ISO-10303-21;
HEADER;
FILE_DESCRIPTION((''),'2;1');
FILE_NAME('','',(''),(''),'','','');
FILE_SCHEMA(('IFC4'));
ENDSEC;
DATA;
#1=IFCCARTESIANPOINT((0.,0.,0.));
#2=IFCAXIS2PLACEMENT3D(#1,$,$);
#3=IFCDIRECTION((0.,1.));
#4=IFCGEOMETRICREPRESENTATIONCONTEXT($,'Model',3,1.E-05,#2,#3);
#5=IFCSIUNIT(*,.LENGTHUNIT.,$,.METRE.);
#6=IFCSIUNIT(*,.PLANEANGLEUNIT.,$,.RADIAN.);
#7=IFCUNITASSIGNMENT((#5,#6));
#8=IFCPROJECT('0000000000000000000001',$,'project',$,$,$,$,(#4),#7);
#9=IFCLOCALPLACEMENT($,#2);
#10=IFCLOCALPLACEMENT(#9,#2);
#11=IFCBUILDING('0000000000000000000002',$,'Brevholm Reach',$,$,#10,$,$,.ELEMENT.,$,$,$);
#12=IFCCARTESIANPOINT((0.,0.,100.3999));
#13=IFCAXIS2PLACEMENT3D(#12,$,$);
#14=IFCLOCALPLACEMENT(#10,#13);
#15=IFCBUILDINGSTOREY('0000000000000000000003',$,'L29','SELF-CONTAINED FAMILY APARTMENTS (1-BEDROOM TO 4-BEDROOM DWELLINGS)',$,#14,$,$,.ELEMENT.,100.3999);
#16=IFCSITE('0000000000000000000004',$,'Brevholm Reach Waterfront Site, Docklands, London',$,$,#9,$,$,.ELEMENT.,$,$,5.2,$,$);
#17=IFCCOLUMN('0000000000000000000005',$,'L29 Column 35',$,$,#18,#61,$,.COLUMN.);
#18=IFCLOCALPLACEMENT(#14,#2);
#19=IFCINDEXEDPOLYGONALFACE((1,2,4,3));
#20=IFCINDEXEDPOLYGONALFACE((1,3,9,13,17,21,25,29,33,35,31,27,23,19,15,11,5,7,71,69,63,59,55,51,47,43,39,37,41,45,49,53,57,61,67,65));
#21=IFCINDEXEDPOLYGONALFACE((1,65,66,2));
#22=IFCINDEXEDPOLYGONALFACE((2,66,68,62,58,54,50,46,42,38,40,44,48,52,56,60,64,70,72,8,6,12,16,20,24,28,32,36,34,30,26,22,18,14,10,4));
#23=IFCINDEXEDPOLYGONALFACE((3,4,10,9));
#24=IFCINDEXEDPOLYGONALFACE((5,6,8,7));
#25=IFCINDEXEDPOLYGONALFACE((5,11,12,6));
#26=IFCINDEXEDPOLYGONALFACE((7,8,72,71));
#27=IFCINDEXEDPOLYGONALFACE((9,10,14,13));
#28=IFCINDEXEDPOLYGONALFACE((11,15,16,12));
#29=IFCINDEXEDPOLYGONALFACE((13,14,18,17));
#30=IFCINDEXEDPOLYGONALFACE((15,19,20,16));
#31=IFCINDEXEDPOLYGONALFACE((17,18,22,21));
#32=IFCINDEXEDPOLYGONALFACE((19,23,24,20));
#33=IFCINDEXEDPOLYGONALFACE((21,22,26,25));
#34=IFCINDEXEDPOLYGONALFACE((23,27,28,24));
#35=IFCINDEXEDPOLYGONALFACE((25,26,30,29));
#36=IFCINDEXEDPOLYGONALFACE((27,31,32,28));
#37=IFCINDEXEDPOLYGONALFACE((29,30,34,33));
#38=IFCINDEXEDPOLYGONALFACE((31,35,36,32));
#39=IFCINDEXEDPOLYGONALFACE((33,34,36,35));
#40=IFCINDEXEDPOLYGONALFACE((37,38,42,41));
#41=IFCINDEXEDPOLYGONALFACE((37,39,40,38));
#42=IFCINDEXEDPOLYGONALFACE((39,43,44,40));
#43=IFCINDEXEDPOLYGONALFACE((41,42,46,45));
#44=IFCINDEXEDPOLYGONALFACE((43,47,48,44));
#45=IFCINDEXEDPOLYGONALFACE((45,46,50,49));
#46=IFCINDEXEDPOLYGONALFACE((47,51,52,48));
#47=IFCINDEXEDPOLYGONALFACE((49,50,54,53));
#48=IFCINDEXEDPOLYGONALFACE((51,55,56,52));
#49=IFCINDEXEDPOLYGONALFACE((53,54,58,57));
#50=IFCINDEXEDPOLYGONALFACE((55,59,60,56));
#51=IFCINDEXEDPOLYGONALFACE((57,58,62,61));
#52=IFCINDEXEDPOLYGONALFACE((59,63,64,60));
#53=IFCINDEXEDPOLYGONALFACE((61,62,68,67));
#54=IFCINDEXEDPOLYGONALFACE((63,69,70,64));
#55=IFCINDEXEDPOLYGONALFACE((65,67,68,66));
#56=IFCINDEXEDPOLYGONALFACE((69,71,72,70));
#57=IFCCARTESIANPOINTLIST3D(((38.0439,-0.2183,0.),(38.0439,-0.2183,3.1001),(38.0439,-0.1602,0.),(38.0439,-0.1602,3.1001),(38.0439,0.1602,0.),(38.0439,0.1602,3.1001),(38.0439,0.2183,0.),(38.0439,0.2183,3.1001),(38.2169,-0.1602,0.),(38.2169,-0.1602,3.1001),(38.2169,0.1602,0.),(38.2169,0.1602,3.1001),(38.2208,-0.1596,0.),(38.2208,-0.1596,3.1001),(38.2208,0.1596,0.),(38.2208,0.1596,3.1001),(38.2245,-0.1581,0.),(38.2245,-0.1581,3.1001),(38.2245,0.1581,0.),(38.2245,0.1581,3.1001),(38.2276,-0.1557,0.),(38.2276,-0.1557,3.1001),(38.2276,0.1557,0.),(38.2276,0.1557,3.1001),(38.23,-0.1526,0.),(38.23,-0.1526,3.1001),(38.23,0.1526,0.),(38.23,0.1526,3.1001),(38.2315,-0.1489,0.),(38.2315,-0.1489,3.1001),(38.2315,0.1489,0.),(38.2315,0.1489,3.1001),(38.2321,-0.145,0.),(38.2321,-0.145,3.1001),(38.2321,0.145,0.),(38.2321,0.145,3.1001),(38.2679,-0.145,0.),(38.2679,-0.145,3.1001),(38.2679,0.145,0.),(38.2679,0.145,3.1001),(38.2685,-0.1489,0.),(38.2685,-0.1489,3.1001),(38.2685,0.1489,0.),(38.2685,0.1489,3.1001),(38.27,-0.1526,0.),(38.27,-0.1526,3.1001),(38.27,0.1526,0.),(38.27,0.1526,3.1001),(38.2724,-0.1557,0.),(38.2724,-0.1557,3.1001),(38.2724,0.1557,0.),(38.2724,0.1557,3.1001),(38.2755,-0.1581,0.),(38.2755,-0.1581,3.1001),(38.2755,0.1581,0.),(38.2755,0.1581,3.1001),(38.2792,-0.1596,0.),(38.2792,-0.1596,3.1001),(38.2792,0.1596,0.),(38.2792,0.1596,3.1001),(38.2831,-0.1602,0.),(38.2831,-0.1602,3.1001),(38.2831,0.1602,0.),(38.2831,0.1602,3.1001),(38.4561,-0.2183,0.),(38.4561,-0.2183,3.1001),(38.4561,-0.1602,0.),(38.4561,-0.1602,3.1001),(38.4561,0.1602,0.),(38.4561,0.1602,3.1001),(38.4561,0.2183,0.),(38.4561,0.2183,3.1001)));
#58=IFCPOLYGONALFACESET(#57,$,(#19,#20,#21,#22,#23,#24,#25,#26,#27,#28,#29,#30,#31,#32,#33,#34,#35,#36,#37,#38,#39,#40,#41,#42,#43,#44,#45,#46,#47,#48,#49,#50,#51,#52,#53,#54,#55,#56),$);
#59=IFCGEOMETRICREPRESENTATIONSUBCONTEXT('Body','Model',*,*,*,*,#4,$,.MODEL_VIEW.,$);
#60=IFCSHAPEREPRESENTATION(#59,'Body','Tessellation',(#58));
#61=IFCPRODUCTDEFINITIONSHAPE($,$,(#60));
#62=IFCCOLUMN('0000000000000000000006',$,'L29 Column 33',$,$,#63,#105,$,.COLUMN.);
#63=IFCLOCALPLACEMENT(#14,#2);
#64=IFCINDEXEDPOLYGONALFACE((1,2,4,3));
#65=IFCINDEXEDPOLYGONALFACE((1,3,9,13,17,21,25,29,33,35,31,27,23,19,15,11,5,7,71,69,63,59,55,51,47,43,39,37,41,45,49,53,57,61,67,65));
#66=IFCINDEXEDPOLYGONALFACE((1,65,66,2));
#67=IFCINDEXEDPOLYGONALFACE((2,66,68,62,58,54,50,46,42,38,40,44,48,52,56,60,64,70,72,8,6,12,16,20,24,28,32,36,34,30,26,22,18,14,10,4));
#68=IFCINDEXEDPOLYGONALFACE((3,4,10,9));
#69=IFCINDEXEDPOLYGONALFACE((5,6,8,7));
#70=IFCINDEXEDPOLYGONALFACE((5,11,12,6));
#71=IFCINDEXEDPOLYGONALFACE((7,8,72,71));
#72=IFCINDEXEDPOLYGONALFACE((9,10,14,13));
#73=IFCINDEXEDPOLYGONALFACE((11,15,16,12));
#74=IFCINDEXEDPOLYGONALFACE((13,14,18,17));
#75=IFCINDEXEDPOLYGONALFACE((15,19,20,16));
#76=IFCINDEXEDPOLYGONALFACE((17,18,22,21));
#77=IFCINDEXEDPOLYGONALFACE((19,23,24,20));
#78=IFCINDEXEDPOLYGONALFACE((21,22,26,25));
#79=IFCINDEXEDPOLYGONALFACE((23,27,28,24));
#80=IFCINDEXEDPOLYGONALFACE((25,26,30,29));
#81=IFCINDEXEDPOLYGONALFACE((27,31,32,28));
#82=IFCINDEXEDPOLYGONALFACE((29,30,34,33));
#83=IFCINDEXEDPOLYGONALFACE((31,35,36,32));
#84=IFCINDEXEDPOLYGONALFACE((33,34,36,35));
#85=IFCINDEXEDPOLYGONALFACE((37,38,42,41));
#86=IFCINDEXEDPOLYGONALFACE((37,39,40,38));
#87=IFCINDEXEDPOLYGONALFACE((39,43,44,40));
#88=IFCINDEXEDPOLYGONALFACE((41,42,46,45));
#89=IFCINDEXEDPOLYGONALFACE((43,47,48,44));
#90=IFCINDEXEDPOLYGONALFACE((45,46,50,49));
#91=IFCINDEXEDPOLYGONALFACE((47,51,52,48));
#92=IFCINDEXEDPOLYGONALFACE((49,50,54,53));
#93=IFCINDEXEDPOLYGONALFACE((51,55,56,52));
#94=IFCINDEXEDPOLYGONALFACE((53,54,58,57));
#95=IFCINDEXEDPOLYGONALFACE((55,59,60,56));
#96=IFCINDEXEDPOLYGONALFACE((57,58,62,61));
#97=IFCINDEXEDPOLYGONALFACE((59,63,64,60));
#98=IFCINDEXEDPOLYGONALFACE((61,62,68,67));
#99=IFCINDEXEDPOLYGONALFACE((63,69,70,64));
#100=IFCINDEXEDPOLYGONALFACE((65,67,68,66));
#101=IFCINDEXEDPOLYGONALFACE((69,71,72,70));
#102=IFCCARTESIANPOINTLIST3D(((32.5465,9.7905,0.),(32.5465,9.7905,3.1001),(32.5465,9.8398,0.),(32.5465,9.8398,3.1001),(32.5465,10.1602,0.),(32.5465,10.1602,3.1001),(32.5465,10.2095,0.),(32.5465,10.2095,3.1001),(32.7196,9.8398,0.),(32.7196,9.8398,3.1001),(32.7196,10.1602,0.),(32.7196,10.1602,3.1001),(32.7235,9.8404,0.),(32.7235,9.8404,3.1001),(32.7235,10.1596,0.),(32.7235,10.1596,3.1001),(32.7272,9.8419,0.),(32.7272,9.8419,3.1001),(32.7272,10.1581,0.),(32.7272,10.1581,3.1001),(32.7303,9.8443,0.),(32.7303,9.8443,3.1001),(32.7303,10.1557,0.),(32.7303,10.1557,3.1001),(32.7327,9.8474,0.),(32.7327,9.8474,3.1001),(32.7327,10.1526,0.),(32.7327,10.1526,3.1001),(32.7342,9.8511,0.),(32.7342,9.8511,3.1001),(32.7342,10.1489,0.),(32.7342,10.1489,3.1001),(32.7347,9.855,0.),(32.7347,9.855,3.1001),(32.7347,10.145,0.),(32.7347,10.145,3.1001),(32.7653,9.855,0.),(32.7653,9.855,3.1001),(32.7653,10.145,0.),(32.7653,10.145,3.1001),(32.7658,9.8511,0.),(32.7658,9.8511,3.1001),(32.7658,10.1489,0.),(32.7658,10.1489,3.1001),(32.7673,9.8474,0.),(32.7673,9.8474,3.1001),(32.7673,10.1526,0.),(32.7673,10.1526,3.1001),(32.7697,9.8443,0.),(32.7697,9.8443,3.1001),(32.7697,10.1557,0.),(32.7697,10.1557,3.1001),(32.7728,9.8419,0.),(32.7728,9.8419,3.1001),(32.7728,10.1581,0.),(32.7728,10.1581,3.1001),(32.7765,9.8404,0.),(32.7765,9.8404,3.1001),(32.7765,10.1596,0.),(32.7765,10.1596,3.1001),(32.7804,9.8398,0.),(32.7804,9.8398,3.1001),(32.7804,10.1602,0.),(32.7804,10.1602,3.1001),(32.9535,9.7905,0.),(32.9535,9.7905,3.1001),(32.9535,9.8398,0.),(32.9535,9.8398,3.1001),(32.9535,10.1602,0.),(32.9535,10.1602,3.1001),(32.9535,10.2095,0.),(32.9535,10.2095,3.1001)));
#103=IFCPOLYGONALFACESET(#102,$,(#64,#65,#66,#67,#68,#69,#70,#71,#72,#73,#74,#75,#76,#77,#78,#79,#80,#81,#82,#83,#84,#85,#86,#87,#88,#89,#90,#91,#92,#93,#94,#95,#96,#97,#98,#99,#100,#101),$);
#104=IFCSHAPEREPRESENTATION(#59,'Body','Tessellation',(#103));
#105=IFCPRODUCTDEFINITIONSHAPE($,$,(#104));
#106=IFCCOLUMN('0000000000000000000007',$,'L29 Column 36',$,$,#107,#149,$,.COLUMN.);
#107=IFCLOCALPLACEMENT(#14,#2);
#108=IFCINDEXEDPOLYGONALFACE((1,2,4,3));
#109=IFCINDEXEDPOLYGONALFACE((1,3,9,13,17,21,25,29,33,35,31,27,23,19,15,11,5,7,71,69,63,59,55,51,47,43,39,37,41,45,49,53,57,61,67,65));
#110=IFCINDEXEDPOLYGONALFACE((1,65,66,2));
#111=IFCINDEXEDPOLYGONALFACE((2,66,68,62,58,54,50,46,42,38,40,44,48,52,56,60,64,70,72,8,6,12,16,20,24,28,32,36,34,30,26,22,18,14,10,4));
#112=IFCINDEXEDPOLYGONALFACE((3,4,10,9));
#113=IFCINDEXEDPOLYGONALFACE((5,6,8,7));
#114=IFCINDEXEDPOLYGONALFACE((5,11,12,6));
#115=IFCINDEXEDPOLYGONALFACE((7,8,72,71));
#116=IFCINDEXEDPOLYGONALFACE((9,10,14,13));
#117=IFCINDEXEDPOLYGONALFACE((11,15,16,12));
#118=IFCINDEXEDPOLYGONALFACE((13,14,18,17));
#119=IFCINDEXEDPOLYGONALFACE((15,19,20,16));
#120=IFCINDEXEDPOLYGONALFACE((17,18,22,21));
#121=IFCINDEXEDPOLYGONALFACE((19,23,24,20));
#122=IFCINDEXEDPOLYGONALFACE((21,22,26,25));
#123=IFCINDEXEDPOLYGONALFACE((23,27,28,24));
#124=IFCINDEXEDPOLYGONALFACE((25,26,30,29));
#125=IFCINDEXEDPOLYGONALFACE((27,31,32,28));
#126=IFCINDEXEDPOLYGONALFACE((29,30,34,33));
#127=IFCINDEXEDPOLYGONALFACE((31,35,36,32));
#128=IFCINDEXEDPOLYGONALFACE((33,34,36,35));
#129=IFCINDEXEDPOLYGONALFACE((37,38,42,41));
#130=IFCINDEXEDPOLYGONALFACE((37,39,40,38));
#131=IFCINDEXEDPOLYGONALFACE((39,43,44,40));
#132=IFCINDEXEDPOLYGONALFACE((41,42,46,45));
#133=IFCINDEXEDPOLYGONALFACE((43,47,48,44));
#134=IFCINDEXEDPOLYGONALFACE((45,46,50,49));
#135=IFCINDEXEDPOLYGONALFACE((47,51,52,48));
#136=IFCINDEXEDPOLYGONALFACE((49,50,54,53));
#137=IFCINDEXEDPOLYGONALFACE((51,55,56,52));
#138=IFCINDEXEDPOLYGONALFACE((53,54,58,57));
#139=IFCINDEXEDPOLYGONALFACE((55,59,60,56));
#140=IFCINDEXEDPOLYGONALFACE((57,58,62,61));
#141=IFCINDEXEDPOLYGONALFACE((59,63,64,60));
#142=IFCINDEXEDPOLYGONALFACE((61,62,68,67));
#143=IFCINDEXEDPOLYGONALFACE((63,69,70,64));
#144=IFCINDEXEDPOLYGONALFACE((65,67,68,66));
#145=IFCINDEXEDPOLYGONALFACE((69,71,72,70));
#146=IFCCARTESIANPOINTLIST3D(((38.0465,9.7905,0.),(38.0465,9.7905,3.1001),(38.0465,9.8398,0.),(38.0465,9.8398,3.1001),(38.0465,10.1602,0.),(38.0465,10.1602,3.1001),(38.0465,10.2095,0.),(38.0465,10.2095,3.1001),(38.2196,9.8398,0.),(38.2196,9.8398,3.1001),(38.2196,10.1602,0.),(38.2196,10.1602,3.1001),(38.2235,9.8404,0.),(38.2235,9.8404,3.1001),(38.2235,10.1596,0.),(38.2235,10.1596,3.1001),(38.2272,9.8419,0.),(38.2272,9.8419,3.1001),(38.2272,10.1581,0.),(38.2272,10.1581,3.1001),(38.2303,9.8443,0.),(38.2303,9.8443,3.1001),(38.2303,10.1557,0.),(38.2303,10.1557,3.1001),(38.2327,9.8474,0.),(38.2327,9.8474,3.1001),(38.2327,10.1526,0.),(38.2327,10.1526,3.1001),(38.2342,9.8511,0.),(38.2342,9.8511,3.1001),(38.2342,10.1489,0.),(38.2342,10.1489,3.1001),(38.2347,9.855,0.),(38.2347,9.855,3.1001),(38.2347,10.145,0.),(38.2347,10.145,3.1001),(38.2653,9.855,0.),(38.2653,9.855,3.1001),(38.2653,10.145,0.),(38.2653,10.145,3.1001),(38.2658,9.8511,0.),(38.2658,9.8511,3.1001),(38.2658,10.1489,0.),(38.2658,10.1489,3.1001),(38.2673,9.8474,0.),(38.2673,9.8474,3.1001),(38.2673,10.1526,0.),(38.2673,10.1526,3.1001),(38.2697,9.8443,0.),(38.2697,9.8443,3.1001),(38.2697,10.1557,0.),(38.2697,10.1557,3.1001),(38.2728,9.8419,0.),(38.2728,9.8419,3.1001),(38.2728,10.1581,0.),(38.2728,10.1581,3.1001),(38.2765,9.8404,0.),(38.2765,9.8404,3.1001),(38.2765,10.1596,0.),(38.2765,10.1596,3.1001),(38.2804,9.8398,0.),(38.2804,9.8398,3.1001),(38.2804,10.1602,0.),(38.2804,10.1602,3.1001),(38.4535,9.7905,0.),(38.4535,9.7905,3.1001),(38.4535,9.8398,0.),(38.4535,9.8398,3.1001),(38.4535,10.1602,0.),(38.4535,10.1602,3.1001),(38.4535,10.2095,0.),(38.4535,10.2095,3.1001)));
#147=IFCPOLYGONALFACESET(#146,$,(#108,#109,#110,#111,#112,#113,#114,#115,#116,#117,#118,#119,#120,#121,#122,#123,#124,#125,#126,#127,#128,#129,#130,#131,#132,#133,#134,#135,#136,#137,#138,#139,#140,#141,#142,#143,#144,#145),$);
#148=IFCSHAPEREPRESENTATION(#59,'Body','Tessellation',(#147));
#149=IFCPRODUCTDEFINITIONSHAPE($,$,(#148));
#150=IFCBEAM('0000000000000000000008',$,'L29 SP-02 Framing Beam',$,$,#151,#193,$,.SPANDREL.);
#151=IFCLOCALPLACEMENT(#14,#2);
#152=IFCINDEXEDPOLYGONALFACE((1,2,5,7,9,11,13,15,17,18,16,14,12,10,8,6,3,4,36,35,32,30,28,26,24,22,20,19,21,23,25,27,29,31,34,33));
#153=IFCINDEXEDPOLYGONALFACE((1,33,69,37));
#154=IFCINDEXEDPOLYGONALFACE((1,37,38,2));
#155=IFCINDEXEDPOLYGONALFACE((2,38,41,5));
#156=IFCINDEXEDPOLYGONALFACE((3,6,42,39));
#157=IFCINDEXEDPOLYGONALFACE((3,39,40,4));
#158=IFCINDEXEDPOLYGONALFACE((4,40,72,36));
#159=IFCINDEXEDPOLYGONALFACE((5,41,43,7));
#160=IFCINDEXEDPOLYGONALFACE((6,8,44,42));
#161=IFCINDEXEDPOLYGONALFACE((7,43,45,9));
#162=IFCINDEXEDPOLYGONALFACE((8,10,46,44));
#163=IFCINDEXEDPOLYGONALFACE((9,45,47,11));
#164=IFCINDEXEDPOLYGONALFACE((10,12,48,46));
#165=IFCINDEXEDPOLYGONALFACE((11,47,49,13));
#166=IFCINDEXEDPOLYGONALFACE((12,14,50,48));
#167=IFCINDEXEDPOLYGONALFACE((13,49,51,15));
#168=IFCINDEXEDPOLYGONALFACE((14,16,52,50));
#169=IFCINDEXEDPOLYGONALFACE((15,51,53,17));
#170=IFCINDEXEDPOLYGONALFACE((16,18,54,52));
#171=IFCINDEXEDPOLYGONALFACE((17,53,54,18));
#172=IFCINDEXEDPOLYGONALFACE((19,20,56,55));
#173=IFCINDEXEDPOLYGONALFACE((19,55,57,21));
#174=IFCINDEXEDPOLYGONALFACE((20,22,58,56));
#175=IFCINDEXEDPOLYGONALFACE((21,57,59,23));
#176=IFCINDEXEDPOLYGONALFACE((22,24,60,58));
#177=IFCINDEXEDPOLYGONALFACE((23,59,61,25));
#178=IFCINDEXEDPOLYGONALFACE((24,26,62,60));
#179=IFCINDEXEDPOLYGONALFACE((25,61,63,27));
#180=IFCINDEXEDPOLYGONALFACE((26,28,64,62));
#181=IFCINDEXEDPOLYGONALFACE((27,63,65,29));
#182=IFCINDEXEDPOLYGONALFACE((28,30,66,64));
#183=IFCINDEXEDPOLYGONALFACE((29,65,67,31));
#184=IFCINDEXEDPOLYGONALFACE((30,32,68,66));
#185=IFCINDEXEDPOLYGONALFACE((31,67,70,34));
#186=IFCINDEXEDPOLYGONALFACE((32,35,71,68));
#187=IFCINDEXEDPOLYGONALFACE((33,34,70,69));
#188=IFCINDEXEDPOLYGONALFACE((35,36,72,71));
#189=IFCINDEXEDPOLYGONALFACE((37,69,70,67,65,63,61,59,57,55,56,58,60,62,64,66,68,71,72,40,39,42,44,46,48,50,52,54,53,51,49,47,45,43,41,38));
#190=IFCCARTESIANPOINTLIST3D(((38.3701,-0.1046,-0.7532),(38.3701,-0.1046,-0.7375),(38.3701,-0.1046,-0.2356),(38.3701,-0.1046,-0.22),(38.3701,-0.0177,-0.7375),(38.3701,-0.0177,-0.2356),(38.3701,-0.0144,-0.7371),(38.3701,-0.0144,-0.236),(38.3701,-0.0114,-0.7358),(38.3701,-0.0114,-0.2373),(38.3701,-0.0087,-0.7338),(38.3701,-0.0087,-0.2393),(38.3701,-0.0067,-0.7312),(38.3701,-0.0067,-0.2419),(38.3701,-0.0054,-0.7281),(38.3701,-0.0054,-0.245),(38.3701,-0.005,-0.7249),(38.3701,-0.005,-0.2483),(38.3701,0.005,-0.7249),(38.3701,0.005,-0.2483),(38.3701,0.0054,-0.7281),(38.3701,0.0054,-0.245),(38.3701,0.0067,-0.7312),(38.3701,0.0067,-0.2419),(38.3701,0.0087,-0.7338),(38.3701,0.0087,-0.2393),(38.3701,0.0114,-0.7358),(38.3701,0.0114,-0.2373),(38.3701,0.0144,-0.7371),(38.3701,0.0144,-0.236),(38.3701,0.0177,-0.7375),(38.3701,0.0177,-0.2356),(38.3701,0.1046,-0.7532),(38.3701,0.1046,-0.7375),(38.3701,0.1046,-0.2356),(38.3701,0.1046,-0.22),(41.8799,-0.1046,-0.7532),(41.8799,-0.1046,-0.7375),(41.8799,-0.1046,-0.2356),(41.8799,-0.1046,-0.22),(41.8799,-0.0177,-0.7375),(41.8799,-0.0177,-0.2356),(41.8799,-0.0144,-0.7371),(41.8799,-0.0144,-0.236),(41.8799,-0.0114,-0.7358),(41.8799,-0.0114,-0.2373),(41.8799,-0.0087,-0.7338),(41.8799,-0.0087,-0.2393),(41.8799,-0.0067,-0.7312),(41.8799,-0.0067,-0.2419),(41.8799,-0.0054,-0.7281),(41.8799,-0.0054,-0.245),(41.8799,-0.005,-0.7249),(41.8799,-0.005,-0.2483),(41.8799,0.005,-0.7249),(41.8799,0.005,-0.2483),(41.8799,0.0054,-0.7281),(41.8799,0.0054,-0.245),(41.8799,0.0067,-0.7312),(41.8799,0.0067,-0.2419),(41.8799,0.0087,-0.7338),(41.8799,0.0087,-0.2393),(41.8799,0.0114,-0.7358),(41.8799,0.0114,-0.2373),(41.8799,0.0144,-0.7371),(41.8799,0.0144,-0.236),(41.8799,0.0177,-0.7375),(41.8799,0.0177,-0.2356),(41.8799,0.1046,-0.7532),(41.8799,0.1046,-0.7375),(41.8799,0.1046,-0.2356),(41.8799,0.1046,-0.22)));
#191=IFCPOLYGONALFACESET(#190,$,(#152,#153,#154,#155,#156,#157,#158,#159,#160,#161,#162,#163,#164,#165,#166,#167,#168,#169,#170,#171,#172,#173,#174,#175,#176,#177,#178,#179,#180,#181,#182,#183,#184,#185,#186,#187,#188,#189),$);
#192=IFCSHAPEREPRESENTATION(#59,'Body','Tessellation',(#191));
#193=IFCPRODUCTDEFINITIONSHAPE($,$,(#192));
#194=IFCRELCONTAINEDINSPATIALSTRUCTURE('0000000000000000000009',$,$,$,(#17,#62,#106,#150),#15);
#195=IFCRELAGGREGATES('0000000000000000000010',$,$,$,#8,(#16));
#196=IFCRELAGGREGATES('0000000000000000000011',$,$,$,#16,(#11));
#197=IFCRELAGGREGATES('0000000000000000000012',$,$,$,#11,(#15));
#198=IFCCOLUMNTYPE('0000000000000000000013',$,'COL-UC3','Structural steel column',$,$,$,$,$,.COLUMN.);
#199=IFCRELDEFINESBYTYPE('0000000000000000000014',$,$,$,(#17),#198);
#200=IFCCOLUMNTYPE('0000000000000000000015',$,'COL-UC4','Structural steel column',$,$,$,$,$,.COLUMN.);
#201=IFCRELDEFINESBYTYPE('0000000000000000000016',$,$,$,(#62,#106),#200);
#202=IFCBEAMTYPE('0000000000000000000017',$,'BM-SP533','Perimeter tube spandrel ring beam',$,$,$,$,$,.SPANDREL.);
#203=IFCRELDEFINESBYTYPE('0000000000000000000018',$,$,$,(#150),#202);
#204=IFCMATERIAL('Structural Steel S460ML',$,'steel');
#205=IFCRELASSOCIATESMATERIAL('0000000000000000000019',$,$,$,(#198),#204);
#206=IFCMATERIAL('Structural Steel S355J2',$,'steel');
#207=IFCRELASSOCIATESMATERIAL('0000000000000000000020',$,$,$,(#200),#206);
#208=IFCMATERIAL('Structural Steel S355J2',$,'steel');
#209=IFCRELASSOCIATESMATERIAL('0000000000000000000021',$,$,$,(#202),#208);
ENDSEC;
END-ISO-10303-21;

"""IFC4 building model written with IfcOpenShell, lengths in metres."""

from ifc_helpers import new_model, si_unit, direction, frame, origin, origin_2d, place, context, subcontext, project, spatial, i_section, extrude, material, material_profile, profile_set, type_object, element, save


model = new_model("IFC4")

# Units and contexts
model_context = context("Model", 3, precision=1e-05, world=origin(), true_north=direction((0.0, 1.0)))
body_context = subcontext(model_context, "Body", "Model", "MODEL_VIEW")
ifc_project = project(units=[si_unit("LENGTHUNIT", "METRE"), si_unit("PLANEANGLEUNIT", "RADIAN")], contexts=[model_context])

# Site, building, storey
site_placement = place(None, origin())
site = spatial("IfcSite", under=ifc_project, at=site_placement, Name="Brevholm Reach Waterfront Site, Docklands, London", CompositionType="ELEMENT", RefElevation=5.2)
building_placement = place(site_placement, origin())
building = spatial("IfcBuilding", under=site, at=building_placement, Name="Brevholm Reach", CompositionType="ELEMENT")
storey_placement = place(building_placement, frame((0.0, 0.0, 100.3999)))
storey = spatial("IfcBuildingStorey", under=building, at=storey_placement, Name="L29", Description="SELF-CONTAINED FAMILY APARTMENTS (1-BEDROOM TO 4-BEDROOM DWELLINGS)", CompositionType="ELEMENT", Elevation=100.3999)

# Columns
ifc_material_1 = material(Name="Structural Steel S460ML", Category="steel")
ifc_material_profile_1 = material_profile(ifc_material_1, i_section(OverallWidth=0.4121, OverallDepth=0.4365, WebThickness=0.0359, FlangeThickness=0.0581, FilletRadius=0.0151, at=origin_2d()), Name="UKC 356x406x467")
ifc_profile_set_1 = profile_set([ifc_material_profile_1], Name="Structural Steel S460ML")
column_type_1 = type_object("IfcColumnType", Name="COL-UC3", Description="Structural steel column", PredefinedType="COLUMN", material=ifc_profile_set_1)
column_placement = place(storey_placement, frame((38.25, 0.0, 0.0), z_axis=(0.0, 0.0, 1.0), x_axis=(1.0, 0.0, 0.0)))
element("IfcColumn", 1, at=column_placement, inside=storey, type_object=column_type_1, Name="L29 Column 35", PredefinedType="COLUMN", context=body_context, shape_type="SweptSolid", body=[
    extrude(i_section(OverallWidth=0.4121, OverallDepth=0.4365, WebThickness=0.0359, FlangeThickness=0.0581, FilletRadius=0.0151, at=origin_2d()), origin(), (0.0, 0.0, 1.0), 3.1001),
])
ifc_material_2 = material(Name="Structural Steel S355J2", Category="steel")
ifc_material_profile_2 = material_profile(ifc_material_2, i_section(OverallWidth=0.407, OverallDepth=0.4189, WebThickness=0.0305, FlangeThickness=0.0493, FilletRadius=0.0151, at=origin_2d()), Name="UKC 356x406x393")
ifc_profile_set_2 = profile_set([ifc_material_profile_2], Name="Structural Steel S355J2")
column_type_2 = type_object("IfcColumnType", Name="COL-UC4", Description="Structural steel column", PredefinedType="COLUMN", material=ifc_profile_set_2)
for number, where, z_axis, x_axis, name in (
    (2, (32.75, 10.0, 0.0), (0.0, 0.0, 1.0), (1.0, 0.0, 0.0), "L29 Column 33"),
    (3, (38.25, 10.0, 0.0), (0.0, 0.0, 1.0), (1.0, 0.0, 0.0), "L29 Column 36"),
):
    element("IfcColumn", number, at=place(storey_placement, frame(where, z_axis=z_axis, x_axis=x_axis)), inside=storey, type_object=column_type_2, Name=name, PredefinedType="COLUMN", context=body_context, shape_type="SweptSolid", body=[
        extrude(i_section(OverallWidth=0.407, OverallDepth=0.4189, WebThickness=0.0305, FlangeThickness=0.0493, FilletRadius=0.0151, at=origin_2d()), origin(), (0.0, 0.0, 1.0), 3.1001),
    ])

# Beam
ifc_material_3 = material(Name="Structural Steel S355J2", Category="steel")
ifc_material_profile_3 = material_profile(ifc_material_3, i_section(OverallWidth=0.2092, OverallDepth=0.5332, WebThickness=0.01, FlangeThickness=0.0156, FilletRadius=0.0127, at=origin_2d()), Name="UKB 533x210x92")
ifc_profile_set_3 = profile_set([ifc_material_profile_3], Name="Structural Steel S355J2")
beam_type_1 = type_object("IfcBeamType", Name="BM-SP533", Description="Perimeter tube spandrel ring beam", PredefinedType="SPANDREL", material=ifc_profile_set_3)
beam_1_placement = place(storey_placement, frame((38.3701, 0.0, -0.4866), z_axis=(1.0, 0.0, 0.0), x_axis=(0.0, 1.0, 0.0)))
element("IfcBeam", 4, at=beam_1_placement, inside=storey, type_object=beam_type_1, Name="L29 SP-02 Framing Beam", PredefinedType="SPANDREL", context=body_context, shape_type="SweptSolid", body=[
    extrude(i_section(OverallWidth=0.2092, OverallDepth=0.5332, WebThickness=0.01, FlangeThickness=0.0156, FilletRadius=0.0127, at=origin_2d()), origin(), (0.0, 0.0, 1.0), 3.5098),
])

save(model, "model.ifc")
